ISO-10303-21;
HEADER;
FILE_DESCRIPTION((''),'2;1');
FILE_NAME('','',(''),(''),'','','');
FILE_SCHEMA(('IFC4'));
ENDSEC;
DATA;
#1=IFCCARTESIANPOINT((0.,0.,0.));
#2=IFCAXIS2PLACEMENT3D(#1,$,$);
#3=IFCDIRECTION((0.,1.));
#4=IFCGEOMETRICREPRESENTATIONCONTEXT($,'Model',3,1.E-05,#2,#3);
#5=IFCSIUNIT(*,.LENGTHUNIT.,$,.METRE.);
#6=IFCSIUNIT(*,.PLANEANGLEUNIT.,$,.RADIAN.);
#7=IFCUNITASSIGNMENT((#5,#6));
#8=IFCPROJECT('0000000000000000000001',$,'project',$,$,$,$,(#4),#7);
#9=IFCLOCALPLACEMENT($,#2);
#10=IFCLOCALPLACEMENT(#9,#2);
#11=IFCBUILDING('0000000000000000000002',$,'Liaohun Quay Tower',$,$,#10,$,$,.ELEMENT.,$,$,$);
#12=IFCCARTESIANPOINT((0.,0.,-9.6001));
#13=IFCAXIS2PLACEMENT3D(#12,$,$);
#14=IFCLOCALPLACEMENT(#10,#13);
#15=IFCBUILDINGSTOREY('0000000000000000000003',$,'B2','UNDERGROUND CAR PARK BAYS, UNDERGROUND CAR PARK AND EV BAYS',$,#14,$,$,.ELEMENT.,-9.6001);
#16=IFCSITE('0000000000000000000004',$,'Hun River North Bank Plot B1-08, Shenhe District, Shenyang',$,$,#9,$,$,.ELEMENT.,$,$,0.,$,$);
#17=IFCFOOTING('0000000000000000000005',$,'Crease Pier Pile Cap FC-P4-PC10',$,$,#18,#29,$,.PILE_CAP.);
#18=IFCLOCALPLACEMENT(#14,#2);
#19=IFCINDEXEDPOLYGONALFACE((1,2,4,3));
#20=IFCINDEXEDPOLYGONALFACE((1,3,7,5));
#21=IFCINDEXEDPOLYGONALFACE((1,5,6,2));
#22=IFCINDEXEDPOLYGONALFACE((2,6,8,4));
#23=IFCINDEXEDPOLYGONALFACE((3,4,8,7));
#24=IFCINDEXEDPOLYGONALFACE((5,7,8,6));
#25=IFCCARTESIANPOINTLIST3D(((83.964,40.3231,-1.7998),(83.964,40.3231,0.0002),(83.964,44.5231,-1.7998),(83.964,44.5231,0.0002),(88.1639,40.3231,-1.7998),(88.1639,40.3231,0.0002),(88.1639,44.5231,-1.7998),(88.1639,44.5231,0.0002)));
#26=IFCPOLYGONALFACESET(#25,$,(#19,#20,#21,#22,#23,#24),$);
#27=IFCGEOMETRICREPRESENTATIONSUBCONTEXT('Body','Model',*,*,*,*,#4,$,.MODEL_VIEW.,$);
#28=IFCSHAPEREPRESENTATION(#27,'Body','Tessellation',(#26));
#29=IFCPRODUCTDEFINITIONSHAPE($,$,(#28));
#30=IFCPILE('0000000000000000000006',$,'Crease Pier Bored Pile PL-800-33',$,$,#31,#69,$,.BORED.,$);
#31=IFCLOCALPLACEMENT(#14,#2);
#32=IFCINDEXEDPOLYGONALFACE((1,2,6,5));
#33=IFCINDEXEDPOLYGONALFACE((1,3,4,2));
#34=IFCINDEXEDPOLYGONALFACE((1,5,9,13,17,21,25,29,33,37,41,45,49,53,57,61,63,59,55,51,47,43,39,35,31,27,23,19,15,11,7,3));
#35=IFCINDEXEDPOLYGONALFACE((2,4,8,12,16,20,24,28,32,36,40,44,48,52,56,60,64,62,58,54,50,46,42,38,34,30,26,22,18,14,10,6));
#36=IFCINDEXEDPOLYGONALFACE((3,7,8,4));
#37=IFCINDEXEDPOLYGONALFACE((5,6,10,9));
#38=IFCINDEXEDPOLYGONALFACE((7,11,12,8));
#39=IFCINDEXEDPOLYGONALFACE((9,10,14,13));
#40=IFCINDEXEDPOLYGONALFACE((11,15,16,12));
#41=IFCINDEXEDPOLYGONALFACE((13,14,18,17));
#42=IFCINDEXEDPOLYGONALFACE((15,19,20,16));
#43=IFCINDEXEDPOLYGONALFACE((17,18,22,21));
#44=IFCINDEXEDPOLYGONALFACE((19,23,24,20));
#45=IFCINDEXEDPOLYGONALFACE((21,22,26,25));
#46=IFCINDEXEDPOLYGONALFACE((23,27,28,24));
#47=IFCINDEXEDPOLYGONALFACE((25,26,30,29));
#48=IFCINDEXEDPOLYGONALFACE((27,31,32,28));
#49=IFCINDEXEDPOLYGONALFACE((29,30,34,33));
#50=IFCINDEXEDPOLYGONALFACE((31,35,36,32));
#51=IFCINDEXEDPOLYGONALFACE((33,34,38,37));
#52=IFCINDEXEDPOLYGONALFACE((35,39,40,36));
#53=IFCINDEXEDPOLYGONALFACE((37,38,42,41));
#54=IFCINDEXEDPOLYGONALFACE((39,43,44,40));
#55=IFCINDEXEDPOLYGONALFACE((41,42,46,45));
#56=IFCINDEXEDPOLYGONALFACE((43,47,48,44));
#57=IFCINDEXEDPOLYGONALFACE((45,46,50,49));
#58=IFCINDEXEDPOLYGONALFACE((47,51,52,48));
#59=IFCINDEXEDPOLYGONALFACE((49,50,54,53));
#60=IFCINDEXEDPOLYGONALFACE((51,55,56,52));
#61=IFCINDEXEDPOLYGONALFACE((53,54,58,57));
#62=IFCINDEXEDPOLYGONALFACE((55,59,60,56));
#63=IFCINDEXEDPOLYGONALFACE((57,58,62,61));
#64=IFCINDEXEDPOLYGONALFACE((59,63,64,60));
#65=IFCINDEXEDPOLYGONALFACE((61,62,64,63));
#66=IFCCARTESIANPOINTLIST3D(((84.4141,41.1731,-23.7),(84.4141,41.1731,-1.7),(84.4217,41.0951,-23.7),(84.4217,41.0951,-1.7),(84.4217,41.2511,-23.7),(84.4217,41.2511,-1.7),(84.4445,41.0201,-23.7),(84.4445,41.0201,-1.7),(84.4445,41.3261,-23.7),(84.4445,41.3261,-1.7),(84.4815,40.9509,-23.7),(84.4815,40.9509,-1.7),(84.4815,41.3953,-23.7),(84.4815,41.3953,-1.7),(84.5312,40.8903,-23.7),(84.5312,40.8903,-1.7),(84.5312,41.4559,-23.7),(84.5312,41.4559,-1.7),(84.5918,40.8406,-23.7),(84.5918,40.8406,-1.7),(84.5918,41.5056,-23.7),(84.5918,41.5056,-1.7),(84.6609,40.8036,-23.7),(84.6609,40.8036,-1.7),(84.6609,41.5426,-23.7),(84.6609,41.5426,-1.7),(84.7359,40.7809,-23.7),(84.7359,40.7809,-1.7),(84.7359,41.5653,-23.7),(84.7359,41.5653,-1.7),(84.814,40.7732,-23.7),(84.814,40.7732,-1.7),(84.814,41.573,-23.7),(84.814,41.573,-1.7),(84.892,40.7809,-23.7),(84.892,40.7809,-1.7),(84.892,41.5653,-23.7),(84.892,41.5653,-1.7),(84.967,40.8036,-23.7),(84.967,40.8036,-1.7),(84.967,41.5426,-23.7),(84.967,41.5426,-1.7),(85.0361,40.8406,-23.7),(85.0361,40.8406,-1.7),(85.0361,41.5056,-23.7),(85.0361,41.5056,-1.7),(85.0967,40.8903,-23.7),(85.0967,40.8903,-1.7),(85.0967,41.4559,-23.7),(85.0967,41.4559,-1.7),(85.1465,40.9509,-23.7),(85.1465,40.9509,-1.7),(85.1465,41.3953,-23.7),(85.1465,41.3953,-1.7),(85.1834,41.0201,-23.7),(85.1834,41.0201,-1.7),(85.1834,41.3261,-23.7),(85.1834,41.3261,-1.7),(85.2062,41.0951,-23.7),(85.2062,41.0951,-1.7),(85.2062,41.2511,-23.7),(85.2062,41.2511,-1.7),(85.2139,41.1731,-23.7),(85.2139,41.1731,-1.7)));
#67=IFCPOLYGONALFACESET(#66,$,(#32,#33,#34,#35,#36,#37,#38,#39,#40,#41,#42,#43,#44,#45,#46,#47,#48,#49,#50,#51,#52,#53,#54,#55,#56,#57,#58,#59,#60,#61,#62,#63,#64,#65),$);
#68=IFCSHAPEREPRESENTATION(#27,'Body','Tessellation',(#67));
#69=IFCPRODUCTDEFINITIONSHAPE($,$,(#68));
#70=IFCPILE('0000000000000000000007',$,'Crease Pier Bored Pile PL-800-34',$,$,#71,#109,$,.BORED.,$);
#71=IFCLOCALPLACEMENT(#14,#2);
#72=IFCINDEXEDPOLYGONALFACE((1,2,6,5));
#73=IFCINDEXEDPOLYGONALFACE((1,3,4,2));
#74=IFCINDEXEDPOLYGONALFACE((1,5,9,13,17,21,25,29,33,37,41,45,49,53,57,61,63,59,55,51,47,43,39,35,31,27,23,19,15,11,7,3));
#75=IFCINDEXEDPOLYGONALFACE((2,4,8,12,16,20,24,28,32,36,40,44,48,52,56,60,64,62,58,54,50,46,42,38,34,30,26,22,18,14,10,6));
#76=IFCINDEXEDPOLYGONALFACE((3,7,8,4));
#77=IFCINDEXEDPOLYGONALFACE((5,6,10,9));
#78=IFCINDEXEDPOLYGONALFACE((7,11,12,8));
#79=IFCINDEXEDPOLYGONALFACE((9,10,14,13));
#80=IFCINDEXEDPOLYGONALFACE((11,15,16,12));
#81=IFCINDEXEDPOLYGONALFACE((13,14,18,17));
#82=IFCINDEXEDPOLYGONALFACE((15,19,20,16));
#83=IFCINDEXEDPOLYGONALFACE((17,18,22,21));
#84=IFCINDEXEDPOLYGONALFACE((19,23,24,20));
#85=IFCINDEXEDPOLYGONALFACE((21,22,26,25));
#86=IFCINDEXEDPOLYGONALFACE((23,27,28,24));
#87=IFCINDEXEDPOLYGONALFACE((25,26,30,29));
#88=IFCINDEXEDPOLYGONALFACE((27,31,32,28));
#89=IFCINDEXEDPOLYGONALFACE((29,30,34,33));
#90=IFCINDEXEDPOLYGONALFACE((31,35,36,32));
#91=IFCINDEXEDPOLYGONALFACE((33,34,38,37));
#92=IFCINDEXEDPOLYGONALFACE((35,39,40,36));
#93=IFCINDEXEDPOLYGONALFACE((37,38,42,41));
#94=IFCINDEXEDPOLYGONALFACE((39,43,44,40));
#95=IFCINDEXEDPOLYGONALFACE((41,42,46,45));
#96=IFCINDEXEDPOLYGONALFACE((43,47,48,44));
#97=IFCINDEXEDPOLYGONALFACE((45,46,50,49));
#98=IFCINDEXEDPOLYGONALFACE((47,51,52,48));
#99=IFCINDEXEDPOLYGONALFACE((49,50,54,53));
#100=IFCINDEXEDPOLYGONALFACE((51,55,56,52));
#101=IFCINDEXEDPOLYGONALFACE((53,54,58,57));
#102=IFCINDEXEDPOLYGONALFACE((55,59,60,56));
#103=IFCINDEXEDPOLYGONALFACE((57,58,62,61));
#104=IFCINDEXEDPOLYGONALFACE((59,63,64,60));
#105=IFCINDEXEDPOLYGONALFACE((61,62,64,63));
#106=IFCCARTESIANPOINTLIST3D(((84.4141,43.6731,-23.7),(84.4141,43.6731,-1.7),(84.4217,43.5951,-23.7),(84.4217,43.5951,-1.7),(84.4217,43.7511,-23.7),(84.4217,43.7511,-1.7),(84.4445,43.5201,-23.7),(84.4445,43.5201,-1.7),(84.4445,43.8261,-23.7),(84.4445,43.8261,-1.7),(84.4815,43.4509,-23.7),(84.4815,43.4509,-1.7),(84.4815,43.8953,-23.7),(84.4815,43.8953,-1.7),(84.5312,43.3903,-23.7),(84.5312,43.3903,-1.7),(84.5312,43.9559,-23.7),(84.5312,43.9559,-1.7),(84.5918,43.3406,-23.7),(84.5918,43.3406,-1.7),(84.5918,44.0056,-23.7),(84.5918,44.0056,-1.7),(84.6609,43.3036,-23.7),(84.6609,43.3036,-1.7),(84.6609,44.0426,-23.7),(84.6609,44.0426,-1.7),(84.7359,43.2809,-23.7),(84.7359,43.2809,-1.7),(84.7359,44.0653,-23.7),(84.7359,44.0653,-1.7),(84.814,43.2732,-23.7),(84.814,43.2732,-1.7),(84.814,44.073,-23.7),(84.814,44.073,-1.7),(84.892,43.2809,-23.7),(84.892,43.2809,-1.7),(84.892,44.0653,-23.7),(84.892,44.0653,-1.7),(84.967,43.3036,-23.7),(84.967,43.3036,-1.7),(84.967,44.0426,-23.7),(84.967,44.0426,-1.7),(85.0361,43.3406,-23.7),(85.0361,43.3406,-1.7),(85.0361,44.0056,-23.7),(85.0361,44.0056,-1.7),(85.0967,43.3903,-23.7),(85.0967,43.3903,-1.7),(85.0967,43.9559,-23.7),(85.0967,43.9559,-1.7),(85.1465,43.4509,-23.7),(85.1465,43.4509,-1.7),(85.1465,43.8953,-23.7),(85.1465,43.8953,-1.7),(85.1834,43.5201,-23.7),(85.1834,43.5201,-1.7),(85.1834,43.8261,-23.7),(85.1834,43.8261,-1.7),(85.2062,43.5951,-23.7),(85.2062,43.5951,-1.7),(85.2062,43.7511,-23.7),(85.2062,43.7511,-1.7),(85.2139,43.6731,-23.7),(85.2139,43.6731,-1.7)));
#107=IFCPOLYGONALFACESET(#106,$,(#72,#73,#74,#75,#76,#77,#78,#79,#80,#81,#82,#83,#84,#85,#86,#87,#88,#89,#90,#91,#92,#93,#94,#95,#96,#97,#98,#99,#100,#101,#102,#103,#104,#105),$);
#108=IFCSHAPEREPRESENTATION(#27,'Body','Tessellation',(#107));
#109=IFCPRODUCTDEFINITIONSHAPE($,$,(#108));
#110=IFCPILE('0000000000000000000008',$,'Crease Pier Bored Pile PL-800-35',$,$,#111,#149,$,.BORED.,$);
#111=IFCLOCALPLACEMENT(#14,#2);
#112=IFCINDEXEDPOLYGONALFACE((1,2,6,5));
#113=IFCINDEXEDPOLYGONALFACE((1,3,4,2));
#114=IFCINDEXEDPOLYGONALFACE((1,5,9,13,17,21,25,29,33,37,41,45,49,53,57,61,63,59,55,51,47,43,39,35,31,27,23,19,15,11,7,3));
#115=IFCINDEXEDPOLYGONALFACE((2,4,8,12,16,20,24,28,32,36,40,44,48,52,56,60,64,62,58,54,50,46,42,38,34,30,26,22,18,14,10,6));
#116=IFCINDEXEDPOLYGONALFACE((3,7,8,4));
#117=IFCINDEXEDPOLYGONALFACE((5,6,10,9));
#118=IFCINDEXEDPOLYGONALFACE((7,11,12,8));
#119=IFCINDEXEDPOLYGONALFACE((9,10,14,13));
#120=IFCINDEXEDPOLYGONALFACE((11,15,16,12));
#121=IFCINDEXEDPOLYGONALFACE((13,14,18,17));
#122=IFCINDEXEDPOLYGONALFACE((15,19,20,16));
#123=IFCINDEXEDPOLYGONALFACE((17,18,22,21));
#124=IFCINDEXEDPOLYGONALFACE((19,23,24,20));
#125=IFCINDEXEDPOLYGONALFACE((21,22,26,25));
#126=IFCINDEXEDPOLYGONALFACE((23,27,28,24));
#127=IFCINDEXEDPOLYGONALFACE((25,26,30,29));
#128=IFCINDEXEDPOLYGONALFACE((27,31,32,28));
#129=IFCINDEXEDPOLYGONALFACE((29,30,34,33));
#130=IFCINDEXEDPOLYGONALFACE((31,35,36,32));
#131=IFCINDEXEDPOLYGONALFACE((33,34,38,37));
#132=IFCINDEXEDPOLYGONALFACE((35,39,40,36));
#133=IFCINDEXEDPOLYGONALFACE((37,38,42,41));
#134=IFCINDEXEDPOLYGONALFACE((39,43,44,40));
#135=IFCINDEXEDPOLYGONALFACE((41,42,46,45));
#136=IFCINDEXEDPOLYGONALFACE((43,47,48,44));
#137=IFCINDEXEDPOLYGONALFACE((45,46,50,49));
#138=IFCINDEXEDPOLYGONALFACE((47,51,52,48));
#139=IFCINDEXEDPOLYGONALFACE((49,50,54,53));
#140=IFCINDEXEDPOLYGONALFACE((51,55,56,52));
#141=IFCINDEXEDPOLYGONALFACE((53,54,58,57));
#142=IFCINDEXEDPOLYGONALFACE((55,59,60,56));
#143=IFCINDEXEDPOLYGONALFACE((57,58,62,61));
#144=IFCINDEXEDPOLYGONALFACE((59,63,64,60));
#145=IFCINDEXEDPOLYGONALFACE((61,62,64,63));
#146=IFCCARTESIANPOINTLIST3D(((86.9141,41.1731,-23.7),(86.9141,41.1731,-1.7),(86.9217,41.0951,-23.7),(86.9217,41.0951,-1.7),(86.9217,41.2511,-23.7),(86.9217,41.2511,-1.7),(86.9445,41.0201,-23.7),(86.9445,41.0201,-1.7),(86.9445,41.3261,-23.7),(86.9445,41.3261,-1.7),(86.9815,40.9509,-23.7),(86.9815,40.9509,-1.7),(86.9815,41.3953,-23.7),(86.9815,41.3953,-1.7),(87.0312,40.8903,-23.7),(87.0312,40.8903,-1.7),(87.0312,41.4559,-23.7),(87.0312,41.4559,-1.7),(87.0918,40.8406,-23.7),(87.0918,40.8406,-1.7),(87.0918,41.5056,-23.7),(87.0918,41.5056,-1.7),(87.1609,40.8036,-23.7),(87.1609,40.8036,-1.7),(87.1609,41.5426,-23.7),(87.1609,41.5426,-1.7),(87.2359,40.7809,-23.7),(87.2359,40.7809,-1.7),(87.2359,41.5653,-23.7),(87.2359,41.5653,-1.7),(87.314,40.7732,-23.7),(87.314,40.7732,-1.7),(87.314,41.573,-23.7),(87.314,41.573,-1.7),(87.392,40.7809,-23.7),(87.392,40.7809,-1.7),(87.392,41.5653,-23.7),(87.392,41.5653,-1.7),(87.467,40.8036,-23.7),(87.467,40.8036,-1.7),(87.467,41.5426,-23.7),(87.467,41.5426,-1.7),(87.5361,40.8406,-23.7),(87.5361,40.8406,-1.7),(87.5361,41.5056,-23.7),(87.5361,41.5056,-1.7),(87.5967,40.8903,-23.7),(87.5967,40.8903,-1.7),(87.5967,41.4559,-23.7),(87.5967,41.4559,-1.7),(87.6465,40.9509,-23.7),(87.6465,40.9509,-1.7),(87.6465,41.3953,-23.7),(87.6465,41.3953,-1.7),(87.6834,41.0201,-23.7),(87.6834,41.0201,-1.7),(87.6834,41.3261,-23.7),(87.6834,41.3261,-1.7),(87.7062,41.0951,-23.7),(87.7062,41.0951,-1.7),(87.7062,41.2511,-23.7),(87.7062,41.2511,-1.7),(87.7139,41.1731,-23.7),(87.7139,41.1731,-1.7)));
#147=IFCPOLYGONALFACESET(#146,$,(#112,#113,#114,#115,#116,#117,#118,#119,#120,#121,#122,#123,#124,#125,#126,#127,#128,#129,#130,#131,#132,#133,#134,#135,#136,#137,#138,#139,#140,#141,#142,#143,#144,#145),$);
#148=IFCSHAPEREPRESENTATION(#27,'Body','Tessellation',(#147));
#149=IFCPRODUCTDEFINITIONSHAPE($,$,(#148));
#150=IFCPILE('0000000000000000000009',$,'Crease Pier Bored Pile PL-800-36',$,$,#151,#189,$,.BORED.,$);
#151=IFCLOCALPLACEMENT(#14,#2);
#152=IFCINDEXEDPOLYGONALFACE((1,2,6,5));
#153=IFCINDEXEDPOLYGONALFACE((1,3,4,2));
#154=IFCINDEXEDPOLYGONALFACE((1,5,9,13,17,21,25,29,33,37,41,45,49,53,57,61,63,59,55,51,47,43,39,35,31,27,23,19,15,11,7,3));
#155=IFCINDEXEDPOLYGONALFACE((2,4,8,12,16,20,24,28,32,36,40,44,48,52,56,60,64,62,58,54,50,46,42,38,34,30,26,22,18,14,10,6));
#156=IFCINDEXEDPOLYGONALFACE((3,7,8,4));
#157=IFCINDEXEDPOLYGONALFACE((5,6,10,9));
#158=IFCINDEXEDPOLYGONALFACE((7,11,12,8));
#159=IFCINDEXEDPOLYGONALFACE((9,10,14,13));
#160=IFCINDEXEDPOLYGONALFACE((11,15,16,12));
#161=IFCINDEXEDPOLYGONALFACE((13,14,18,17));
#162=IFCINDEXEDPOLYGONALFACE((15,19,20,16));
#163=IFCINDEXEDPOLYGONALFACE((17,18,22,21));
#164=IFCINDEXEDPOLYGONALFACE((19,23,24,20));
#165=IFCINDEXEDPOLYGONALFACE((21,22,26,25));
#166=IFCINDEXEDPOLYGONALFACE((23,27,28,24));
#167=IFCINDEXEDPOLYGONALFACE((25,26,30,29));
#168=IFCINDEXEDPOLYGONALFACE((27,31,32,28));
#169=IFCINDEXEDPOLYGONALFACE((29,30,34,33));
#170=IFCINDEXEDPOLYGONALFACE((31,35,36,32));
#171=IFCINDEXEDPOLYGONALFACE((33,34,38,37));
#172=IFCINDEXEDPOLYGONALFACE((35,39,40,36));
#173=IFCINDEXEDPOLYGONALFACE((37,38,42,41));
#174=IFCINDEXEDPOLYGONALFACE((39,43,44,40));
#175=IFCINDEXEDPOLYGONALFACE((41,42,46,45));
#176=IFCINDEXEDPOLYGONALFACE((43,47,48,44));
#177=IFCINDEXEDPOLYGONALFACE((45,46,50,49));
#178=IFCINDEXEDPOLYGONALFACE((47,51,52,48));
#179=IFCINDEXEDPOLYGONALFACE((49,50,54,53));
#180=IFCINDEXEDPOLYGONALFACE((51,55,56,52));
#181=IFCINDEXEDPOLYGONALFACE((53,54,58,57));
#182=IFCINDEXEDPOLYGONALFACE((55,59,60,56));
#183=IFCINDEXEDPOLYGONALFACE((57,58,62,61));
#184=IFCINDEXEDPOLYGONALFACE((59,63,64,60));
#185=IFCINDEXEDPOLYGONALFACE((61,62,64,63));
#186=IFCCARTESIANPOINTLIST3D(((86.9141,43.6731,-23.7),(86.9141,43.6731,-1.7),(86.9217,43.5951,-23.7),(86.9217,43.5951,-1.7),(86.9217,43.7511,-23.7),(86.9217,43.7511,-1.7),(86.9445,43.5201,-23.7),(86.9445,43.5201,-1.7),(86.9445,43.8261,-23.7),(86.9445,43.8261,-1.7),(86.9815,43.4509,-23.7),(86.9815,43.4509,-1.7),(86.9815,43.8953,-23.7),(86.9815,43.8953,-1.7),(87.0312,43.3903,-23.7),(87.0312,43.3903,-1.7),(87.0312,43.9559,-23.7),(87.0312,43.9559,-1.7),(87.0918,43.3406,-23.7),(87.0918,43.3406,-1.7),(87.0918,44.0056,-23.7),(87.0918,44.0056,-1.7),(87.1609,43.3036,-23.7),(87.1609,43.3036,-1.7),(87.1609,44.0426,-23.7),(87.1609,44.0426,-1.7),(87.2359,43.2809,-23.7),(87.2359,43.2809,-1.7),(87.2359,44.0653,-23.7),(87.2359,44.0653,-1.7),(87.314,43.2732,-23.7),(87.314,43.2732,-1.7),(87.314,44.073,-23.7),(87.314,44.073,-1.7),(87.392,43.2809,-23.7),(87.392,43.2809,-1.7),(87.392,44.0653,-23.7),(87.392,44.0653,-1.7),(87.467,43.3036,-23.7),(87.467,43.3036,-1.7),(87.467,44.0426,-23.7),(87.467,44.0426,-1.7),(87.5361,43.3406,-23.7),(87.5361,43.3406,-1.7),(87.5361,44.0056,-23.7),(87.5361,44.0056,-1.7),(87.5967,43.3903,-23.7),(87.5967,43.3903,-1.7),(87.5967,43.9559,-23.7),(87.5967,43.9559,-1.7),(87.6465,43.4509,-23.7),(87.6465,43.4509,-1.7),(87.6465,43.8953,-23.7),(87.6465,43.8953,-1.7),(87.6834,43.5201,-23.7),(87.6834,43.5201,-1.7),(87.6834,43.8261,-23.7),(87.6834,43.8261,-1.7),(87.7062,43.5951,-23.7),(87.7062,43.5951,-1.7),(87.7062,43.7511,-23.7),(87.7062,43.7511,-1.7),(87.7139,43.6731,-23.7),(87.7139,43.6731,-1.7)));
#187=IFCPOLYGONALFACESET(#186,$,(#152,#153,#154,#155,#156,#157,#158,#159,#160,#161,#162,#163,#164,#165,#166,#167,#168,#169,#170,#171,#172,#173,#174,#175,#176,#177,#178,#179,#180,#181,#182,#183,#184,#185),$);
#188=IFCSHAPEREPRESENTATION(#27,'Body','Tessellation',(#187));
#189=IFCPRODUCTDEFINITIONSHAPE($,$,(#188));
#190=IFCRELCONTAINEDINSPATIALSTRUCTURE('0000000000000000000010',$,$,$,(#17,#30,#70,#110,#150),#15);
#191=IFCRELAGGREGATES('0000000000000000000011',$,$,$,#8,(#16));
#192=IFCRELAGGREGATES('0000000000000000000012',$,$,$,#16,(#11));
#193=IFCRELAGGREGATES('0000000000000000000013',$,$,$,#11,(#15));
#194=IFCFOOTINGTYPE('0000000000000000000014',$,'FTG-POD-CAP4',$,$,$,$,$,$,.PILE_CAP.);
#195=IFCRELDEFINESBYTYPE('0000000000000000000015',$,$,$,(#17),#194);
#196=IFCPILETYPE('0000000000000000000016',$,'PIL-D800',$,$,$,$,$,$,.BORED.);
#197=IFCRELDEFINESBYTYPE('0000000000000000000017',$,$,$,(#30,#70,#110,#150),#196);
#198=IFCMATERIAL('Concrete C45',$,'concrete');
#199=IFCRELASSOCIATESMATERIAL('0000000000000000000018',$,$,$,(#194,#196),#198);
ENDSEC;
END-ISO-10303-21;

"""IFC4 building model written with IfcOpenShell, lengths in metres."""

from ifc_helpers import new_model, si_unit, direction, frame, origin, origin_2d, place, context, subcontext, project, spatial, rectangle, circle, extrude, source, transform, mapped, material, material_profile, profile_set, type_object, element, save


model = new_model("IFC4")

# Units and contexts
model_context = context("Model", 3, precision=1e-05, world=origin(), true_north=direction((0.0, 1.0)))
body_context = subcontext(model_context, "Body", "Model", "MODEL_VIEW")
ifc_project = project(units=[si_unit("LENGTHUNIT", "METRE"), si_unit("PLANEANGLEUNIT", "RADIAN")], contexts=[model_context])

# Site, building, storey
site_placement = place(None, origin())
site = spatial("IfcSite", under=ifc_project, at=site_placement, Name="Hun River North Bank Plot B1-08, Shenhe District, Shenyang", CompositionType="ELEMENT", RefElevation=0.0)
building_placement = place(site_placement, origin())
building = spatial("IfcBuilding", under=site, at=building_placement, Name="Liaohun Quay Tower", CompositionType="ELEMENT")
storey_placement = place(building_placement, frame((0.0, 0.0, -9.6001)))
storey = spatial("IfcBuildingStorey", under=building, at=storey_placement, Name="B2", Description="UNDERGROUND CAR PARK BAYS, UNDERGROUND CAR PARK AND EV BAYS", CompositionType="ELEMENT", Elevation=-9.6001)

# Footing
ifc_material_1 = material(Name="Concrete C45", Category="concrete")
footing_type_1 = type_object("IfcFootingType", Name="FTG-POD-CAP4", PredefinedType="PILE_CAP", material=ifc_material_1)
shared_shape_1 = source(origin(), body_context, "Body", "SweptSolid", [
    extrude(rectangle(XDim=4.2, YDim=4.2, at=origin_2d()), origin(), (0.0, 0.0, 1.0), 1.8),
])
footing_1_placement = place(storey_placement, frame((86.064, 42.4231, -1.7998), z_axis=(0.0, 0.0, 1.0), x_axis=(1.0, 0.0, 0.0)))
element("IfcFooting", 1, at=footing_1_placement, inside=storey, type_object=footing_type_1, Name="Crease Pier Pile Cap FC-P4-PC10", PredefinedType="PILE_CAP", context=body_context, shape_type="MappedRepresentation", body=[
    mapped(shared_shape_1, transform((0.0, 0.0, 0.0), x_axis=(1.0, 0.0, 0.0), y_axis=(0.0, 1.0, 0.0), z_axis=(0.0, 0.0, 1.0), scale=1.0)),
])

# Piles
ifc_material_profile_1 = material_profile(ifc_material_1, circle(Radius=0.3999, at=origin_2d()), Name="PILE-D800")
ifc_profile_set_1 = profile_set([ifc_material_profile_1], Name="Concrete C45")
pile_type = type_object("IfcPileType", Name="PIL-D800", PredefinedType="BORED", material=ifc_profile_set_1)
shared_shape_2 = source(origin(), body_context, "Body", "SweptSolid", [
    extrude(circle(Radius=0.3999, at=origin_2d()), origin(), (0.0, 0.0, 1.0), 22.0),
])
for number, where, z_axis, x_axis, name in (
    (2, (84.814, 41.1731, -1.7), (0.0, 0.0, -1.0), (1.0, 0.0, 0.0), "Crease Pier Bored Pile PL-800-33"),
    (3, (84.814, 43.6731, -1.7), (0.0, 0.0, -1.0), (1.0, 0.0, 0.0), "Crease Pier Bored Pile PL-800-34"),
    (4, (87.314, 41.1731, -1.7), (0.0, 0.0, -1.0), (1.0, 0.0, 0.0), "Crease Pier Bored Pile PL-800-35"),
    (5, (87.314, 43.6731, -1.7), (0.0, 0.0, -1.0), (1.0, 0.0, 0.0), "Crease Pier Bored Pile PL-800-36"),
):
    element("IfcPile", number, at=place(storey_placement, frame(where, z_axis=z_axis, x_axis=x_axis)), inside=storey, type_object=pile_type, Name=name, PredefinedType="BORED", context=body_context, shape_type="MappedRepresentation", body=[
        mapped(shared_shape_2, transform((0.0, 0.0, 0.0), x_axis=(1.0, 0.0, 0.0), y_axis=(0.0, 1.0, 0.0), z_axis=(0.0, 0.0, 1.0), scale=1.0)),
    ])

save(model, "model.ifc")
